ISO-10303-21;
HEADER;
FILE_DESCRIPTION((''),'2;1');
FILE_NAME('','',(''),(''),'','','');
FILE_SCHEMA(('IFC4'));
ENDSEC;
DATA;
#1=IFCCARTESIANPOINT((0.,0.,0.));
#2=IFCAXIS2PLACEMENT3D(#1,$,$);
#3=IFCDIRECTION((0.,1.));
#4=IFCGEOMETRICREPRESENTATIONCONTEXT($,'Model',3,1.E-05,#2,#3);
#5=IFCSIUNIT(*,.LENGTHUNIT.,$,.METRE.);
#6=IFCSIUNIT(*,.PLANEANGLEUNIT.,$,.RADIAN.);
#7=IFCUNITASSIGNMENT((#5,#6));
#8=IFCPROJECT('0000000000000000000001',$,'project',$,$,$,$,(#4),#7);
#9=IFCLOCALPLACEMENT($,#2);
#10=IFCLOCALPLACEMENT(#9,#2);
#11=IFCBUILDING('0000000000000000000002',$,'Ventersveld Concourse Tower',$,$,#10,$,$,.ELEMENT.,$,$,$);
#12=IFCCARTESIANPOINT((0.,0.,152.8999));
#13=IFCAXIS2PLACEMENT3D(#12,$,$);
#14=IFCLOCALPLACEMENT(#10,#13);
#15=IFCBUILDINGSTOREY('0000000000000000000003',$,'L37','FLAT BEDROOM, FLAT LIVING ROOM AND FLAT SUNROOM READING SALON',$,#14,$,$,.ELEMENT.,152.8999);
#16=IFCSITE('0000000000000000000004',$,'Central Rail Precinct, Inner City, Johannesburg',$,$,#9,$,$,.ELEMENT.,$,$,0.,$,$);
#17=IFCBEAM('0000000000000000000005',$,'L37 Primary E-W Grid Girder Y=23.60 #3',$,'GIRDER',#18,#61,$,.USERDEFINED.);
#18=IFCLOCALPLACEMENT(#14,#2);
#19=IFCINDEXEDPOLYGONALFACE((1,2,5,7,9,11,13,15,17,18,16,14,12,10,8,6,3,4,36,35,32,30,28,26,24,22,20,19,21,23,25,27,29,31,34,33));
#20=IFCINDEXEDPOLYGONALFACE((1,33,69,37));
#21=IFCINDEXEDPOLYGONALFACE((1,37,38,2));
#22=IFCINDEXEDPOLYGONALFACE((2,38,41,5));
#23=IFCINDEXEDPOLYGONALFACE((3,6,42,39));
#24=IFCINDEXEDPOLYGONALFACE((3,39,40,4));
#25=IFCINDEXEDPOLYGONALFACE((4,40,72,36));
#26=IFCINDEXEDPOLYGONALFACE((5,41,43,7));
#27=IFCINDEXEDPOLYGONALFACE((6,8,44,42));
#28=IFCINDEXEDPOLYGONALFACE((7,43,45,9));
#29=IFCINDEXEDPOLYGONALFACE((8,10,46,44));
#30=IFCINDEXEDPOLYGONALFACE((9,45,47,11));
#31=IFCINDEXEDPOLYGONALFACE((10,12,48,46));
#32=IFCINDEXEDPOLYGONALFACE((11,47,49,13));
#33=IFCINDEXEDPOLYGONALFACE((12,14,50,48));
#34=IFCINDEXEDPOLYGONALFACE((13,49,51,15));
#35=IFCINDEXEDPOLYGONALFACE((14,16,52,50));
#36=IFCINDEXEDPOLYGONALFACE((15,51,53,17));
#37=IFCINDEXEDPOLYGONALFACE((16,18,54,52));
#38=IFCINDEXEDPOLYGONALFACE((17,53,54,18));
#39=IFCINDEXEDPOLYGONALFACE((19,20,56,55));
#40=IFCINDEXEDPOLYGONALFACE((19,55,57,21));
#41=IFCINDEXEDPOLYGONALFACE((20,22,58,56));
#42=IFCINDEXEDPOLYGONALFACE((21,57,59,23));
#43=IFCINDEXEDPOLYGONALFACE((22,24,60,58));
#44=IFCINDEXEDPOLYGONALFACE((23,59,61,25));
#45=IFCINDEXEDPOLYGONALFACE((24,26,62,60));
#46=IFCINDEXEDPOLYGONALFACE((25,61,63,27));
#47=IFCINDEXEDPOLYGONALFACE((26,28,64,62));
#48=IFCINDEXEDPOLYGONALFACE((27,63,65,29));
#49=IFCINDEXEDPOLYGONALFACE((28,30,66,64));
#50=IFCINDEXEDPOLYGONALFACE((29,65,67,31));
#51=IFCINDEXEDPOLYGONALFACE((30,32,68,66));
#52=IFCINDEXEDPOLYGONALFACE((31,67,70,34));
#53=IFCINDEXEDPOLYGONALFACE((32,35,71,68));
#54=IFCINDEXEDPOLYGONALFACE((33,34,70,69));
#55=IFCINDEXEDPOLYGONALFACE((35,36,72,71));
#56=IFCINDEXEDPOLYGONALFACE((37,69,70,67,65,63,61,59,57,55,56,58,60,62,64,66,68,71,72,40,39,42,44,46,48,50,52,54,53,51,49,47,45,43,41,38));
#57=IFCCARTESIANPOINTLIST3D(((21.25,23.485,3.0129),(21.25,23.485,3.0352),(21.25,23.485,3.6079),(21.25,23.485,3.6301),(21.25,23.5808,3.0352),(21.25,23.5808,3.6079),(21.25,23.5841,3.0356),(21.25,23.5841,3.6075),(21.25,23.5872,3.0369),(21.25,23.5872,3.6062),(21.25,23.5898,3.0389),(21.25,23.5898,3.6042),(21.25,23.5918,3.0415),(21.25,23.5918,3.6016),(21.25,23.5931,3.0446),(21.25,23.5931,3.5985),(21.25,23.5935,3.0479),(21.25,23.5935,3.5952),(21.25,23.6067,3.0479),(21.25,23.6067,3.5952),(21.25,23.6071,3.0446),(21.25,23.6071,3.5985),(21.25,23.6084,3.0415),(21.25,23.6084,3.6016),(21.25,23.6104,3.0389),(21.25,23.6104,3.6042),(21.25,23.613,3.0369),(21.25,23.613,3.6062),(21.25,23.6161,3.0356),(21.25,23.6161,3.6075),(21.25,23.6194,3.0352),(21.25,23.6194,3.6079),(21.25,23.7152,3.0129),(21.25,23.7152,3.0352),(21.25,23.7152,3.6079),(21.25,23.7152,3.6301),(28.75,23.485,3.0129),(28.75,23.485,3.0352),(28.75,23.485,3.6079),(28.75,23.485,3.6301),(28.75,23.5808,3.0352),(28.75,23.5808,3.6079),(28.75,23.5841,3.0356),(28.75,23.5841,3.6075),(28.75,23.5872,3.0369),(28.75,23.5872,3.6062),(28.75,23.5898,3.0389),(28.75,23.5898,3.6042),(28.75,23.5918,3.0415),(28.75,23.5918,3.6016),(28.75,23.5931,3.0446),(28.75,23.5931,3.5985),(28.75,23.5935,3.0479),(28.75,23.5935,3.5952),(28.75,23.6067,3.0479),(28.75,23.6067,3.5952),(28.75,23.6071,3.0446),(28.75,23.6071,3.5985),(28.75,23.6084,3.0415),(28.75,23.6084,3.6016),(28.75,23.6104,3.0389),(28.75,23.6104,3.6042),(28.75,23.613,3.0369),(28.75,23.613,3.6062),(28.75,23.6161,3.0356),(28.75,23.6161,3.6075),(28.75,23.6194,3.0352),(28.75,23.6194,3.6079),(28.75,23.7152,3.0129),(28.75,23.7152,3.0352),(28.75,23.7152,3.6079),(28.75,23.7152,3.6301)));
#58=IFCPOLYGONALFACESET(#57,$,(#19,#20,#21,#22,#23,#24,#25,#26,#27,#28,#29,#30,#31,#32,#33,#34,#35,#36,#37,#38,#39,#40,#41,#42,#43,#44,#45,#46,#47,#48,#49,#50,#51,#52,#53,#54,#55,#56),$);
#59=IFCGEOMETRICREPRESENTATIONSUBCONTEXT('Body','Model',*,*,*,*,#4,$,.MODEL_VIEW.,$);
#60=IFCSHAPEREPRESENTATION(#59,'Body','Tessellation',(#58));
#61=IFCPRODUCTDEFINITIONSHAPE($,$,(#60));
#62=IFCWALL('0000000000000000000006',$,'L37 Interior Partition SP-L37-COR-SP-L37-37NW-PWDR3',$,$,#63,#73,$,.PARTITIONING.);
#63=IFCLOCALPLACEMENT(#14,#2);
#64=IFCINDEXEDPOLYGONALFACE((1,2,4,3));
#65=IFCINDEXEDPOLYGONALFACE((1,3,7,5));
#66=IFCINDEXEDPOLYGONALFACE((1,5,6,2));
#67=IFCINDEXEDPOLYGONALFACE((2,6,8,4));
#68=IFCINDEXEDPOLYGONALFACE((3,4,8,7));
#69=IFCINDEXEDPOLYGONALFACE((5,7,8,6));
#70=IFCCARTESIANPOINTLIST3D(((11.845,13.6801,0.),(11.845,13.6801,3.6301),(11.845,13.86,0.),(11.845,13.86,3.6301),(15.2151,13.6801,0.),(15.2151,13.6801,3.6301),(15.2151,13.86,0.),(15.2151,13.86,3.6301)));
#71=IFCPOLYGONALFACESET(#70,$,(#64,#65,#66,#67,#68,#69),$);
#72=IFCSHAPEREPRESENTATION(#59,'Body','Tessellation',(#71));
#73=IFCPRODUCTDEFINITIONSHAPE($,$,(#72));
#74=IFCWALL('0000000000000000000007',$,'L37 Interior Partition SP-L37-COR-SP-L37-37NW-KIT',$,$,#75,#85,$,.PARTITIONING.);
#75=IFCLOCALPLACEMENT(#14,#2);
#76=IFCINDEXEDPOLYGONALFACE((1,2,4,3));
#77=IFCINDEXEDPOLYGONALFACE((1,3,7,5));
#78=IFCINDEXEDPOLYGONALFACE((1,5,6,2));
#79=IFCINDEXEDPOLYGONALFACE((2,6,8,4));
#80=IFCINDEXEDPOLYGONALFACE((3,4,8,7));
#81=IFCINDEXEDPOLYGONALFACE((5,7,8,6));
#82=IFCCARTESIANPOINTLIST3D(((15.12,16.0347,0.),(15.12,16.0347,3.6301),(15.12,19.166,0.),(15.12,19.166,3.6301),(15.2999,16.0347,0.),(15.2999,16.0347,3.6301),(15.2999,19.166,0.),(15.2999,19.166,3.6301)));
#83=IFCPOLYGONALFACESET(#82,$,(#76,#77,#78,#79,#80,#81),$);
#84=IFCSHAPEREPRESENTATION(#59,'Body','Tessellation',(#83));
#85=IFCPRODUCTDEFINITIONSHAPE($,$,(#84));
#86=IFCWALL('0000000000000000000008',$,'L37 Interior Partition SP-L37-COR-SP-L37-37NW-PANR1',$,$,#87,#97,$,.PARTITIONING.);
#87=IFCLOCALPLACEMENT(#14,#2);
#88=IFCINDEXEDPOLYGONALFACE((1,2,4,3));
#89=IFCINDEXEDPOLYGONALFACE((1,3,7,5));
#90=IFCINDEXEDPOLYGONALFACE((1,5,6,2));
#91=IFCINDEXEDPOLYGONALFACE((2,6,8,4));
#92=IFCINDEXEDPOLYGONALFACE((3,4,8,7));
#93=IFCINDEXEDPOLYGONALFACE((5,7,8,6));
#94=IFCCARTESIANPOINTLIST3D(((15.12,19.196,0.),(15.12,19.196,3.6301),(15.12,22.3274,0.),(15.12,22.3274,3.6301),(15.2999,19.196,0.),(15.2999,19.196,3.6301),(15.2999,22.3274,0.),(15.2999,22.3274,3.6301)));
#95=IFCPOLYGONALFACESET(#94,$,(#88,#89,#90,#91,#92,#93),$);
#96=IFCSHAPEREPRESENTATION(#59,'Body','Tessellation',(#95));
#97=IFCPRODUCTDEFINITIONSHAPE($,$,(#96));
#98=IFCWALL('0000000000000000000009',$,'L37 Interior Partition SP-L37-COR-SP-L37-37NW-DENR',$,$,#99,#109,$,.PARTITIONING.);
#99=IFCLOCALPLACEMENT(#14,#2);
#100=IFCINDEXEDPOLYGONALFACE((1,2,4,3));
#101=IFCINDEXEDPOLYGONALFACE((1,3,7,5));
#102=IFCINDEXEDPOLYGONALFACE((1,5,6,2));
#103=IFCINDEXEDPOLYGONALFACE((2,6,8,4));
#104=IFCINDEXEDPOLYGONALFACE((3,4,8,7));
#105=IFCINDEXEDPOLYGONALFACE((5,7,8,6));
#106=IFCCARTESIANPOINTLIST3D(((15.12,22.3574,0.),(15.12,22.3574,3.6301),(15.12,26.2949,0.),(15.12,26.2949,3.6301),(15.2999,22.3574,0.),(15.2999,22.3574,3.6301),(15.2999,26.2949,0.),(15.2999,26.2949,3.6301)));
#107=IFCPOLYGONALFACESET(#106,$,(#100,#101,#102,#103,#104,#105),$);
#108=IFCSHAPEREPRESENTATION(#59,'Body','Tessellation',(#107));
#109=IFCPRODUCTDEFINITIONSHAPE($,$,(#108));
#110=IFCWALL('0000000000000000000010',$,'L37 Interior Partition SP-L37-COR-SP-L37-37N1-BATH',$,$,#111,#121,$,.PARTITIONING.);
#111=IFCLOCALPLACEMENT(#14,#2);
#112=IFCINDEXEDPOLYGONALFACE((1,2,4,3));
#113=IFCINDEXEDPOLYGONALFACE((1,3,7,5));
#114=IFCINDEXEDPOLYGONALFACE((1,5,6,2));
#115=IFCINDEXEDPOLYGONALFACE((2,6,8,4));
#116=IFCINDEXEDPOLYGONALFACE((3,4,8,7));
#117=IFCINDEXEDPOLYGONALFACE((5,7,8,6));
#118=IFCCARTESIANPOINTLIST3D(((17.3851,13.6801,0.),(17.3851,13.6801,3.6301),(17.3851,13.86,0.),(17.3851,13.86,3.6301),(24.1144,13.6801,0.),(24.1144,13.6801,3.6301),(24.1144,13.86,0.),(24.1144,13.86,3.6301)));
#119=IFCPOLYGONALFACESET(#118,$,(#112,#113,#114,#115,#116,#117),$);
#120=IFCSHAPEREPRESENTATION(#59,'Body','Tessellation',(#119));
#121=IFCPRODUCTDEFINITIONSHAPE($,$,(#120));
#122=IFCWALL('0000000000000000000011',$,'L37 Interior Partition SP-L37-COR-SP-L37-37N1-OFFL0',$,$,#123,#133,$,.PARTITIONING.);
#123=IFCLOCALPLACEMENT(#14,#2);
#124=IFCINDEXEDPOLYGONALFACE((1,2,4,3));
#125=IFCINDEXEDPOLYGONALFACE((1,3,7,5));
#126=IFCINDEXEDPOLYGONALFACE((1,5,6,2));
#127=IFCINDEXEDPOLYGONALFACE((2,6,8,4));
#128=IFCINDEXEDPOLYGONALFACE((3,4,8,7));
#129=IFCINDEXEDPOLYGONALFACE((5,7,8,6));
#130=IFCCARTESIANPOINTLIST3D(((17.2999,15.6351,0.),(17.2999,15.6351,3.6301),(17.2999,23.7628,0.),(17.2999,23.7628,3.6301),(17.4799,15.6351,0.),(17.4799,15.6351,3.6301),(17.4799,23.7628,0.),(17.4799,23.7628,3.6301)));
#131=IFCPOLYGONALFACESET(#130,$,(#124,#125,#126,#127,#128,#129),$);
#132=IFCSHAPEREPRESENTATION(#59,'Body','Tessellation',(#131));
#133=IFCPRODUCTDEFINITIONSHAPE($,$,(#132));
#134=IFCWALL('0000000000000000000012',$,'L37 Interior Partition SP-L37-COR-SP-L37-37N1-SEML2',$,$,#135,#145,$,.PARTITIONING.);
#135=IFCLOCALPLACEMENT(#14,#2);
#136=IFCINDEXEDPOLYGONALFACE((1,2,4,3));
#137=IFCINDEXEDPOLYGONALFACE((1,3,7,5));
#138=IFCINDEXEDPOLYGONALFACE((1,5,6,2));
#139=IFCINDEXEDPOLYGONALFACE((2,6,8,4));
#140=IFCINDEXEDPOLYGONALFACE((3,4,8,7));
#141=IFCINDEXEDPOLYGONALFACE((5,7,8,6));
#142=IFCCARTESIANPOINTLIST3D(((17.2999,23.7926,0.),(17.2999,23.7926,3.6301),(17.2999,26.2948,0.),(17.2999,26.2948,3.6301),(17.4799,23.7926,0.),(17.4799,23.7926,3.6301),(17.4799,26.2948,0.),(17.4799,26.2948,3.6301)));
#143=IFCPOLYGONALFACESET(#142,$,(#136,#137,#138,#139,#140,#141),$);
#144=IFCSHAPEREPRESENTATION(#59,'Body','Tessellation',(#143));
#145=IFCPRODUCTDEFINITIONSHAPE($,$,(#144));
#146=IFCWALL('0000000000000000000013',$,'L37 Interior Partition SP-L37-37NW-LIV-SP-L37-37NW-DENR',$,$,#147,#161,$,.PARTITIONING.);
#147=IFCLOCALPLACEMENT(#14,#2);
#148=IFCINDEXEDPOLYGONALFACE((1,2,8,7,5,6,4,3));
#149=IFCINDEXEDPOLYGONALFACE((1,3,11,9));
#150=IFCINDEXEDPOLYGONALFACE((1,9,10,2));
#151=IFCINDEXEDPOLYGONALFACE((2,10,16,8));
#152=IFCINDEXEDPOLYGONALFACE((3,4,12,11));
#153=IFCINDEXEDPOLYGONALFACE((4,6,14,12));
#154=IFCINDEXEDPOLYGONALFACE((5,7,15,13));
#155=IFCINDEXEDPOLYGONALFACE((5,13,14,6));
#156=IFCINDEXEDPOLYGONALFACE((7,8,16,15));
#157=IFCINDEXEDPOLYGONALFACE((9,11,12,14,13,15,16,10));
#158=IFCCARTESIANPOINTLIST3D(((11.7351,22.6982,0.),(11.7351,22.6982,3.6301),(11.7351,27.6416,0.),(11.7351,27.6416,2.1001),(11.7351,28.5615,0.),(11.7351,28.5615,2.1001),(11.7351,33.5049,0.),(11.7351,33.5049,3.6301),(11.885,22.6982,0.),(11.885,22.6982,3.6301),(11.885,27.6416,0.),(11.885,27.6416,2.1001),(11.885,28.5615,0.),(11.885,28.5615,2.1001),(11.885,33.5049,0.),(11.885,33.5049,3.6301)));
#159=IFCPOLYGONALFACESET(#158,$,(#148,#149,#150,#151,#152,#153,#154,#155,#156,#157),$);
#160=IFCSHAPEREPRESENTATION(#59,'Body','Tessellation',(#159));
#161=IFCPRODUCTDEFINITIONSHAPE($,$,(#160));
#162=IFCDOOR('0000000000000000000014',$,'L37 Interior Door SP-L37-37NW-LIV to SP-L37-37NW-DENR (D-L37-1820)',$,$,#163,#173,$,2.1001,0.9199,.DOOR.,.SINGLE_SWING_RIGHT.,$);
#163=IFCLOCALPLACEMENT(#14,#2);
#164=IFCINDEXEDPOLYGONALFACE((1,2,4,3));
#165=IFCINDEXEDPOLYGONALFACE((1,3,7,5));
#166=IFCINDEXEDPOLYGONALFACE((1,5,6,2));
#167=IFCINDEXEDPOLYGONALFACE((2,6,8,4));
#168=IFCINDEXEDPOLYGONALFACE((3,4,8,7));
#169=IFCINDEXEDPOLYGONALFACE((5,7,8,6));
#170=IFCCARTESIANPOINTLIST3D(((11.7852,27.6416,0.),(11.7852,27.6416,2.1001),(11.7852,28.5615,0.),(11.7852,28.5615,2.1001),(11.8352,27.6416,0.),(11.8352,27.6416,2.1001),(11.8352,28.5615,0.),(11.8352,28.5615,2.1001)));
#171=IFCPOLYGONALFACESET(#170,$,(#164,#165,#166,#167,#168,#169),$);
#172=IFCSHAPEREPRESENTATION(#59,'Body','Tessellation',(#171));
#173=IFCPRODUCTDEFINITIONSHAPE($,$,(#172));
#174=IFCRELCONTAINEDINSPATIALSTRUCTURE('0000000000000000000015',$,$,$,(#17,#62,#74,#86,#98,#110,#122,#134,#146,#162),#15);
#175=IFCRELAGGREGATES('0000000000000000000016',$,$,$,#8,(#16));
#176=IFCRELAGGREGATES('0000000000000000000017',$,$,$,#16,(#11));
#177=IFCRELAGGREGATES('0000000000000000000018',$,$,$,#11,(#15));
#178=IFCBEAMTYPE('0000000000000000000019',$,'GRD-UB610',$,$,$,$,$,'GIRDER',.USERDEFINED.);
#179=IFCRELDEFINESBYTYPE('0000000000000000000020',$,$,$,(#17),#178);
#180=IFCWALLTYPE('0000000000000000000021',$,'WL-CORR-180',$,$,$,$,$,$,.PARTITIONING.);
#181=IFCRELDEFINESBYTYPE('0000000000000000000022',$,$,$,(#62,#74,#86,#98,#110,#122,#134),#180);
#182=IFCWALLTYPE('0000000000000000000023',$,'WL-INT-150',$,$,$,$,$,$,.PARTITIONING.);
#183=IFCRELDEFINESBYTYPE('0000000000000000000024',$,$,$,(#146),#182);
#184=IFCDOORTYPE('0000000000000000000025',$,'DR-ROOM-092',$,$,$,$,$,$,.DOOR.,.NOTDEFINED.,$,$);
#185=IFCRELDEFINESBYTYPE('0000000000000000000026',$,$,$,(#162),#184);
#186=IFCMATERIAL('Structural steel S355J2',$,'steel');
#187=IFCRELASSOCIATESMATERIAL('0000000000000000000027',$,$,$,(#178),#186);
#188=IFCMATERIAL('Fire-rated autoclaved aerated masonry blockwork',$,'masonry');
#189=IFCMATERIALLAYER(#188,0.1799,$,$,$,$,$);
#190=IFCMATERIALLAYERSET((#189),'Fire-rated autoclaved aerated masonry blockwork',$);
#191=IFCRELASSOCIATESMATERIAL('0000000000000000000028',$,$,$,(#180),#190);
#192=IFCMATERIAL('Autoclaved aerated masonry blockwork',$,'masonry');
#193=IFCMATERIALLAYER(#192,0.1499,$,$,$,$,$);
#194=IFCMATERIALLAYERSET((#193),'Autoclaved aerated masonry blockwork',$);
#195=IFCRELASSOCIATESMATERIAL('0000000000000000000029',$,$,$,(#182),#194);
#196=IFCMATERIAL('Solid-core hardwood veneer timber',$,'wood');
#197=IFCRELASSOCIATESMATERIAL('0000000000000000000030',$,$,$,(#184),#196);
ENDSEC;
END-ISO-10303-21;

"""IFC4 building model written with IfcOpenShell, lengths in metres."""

from ifc_helpers import new_model, si_unit, direction, frame, frame_2d, origin, origin_2d, place, context, subcontext, project, spatial, rectangle, i_section, extrude, material, layer, layer_set, material_profile, profile_set, type_object, element, fill, save


model = new_model("IFC4")

# Units and contexts
model_context = context("Model", 3, precision=1e-05, world=origin(), true_north=direction((0.0, 1.0)))
body_context = subcontext(model_context, "Body", "Model", "MODEL_VIEW")
ifc_project = project(units=[si_unit("LENGTHUNIT", "METRE"), si_unit("PLANEANGLEUNIT", "RADIAN")], contexts=[model_context])

# Site, building, storey
site_placement = place(None, origin())
site = spatial("IfcSite", under=ifc_project, at=site_placement, Name="Central Rail Precinct, Inner City, Johannesburg", CompositionType="ELEMENT", RefElevation=0.0)
building_placement = place(site_placement, origin())
building = spatial("IfcBuilding", under=site, at=building_placement, Name="Ventersveld Concourse Tower", CompositionType="ELEMENT")
storey_placement = place(building_placement, frame((0.0, 0.0, 152.8999)))
storey = spatial("IfcBuildingStorey", under=building, at=storey_placement, Name="L37", Description="FLAT BEDROOM, FLAT LIVING ROOM AND FLAT SUNROOM READING SALON", CompositionType="ELEMENT", Elevation=152.8999)

# Beam
ifc_material_1 = material(Name="Structural steel S355J2", Category="steel")
ifc_material_profile_1 = material_profile(ifc_material_1, i_section(OverallWidth=0.2302, OverallDepth=0.6172, WebThickness=0.0132, FlangeThickness=0.0222, FilletRadius=0.0127, at=origin_2d()), Name="UB 610x229x140")
ifc_profile_set_1 = profile_set([ifc_material_profile_1], Name="Structural steel S355J2")
beam_type_1 = type_object("IfcBeamType", Name="GRD-UB610", ElementType="GIRDER", PredefinedType="USERDEFINED", material=ifc_profile_set_1)
for number, where, z_axis, x_axis, name in (
    (1, (21.25, 23.6001, 3.3215), (1.0, 0.0, 0.0), (0.0, 1.0, 0.0), "L37 Primary E-W Grid Girder Y=23.60 #3"),
):
    element("IfcBeam", number, at=place(storey_placement, frame(where, z_axis=z_axis, x_axis=x_axis)), inside=storey, type_object=beam_type_1, Name=name, ObjectType="GIRDER", PredefinedType="USERDEFINED", context=body_context, shape_type="SweptSolid", body=[
        extrude(i_section(OverallWidth=0.2302, OverallDepth=0.6172, WebThickness=0.0132, FlangeThickness=0.0222, FilletRadius=0.0127, at=origin_2d()), origin(), (0.0, 0.0, 1.0), 7.5),
    ])

# Walls
ifc_material_2 = material(Name="Fire-rated autoclaved aerated masonry blockwork", Category="masonry")
ifc_layer_1 = layer(ifc_material_2, 0.1799)
ifc_layer_set_1 = layer_set([ifc_layer_1], Name="Fire-rated autoclaved aerated masonry blockwork")
wall_type_1 = type_object("IfcWallType", Name="WL-CORR-180", PredefinedType="PARTITIONING", material=ifc_layer_set_1)
wall_1_placement = place(storey_placement, frame((11.845, 13.77, 0.0), z_axis=(0.0, 0.0, 1.0), x_axis=(1.0, 0.0, 0.0)))
element("IfcWall", 2, at=wall_1_placement, inside=storey, type_object=wall_type_1, Name="L37 Interior Partition SP-L37-COR-SP-L37-37NW-PWDR3", PredefinedType="PARTITIONING", context=body_context, shape_type="SweptSolid", body=[
    extrude(rectangle(XDim=3.3701, YDim=0.1799, at=frame_2d((1.6851, 0.0))), origin(), (0.0, 0.0, 1.0), 3.6301),
])
for number, where, z_axis, x_axis, name in (
    (3, (15.21, 16.0347, 0.0), (0.0, 0.0, 1.0), (0.0, 1.0, 0.0), "L37 Interior Partition SP-L37-COR-SP-L37-37NW-KIT"),
    (4, (15.21, 19.196, 0.0), (0.0, 0.0, 1.0), (0.0, 1.0, 0.0), "L37 Interior Partition SP-L37-COR-SP-L37-37NW-PANR1"),
):
    element("IfcWall", number, at=place(storey_placement, frame(where, z_axis=z_axis, x_axis=x_axis)), inside=storey, type_object=wall_type_1, Name=name, PredefinedType="PARTITIONING", context=body_context, shape_type="SweptSolid", body=[
        extrude(rectangle(XDim=3.1313, YDim=0.1799, at=frame_2d((1.5657, 0.0))), origin(), (0.0, 0.0, 1.0), 3.6301),
    ])
wall_2_placement = place(storey_placement, frame((15.21, 22.3574, 0.0), z_axis=(0.0, 0.0, 1.0), x_axis=(0.0, 1.0, 0.0)))
element("IfcWall", 5, at=wall_2_placement, inside=storey, type_object=wall_type_1, Name="L37 Interior Partition SP-L37-COR-SP-L37-37NW-DENR", PredefinedType="PARTITIONING", context=body_context, shape_type="SweptSolid", body=[
    extrude(rectangle(XDim=3.9375, YDim=0.1799, at=frame_2d((1.9688, 0.0))), origin(), (0.0, 0.0, 1.0), 3.6301),
])

# Shared definitions
ifc_material_3 = material(Name="Solid-core hardwood veneer timber", Category="wood")

# Walls
wall_3_placement = place(storey_placement, frame((17.385, 13.77, 0.0), z_axis=(0.0, 0.0, 1.0), x_axis=(1.0, 0.0, 0.0)))
element("IfcWall", 6, at=wall_3_placement, inside=storey, type_object=wall_type_1, Name="L37 Interior Partition SP-L37-COR-SP-L37-37N1-BATH", PredefinedType="PARTITIONING", context=body_context, shape_type="SweptSolid", body=[
    extrude(rectangle(XDim=6.7292, YDim=0.1799, at=frame_2d((3.3647, 0.0))), origin(), (0.0, 0.0, 1.0), 3.6301),
])
wall_4_placement = place(storey_placement, frame((17.3899, 15.635, 0.0), z_axis=(0.0, 0.0, 1.0), x_axis=(0.0, 1.0, 0.0)))
element("IfcWall", 7, at=wall_4_placement, inside=storey, type_object=wall_type_1, Name="L37 Interior Partition SP-L37-COR-SP-L37-37N1-OFFL0", PredefinedType="PARTITIONING", context=body_context, shape_type="SweptSolid", body=[
    extrude(rectangle(XDim=8.1277, YDim=0.1799, at=frame_2d((4.064, 0.0))), origin(), (0.0, 0.0, 1.0), 3.6301),
])
wall_5_placement = place(storey_placement, frame((17.3899, 23.7927, 0.0), z_axis=(0.0, 0.0, 1.0), x_axis=(0.0, 1.0, 0.0)))
element("IfcWall", 8, at=wall_5_placement, inside=storey, type_object=wall_type_1, Name="L37 Interior Partition SP-L37-COR-SP-L37-37N1-SEML2", PredefinedType="PARTITIONING", context=body_context, shape_type="SweptSolid", body=[
    extrude(rectangle(XDim=2.5022, YDim=0.1799, at=frame_2d((1.251, 0.0))), origin(), (0.0, 0.0, 1.0), 3.6301),
])

# Wall, opening, door
ifc_material_4 = material(Name="Autoclaved aerated masonry blockwork", Category="masonry")
ifc_layer_2 = layer(ifc_material_4, 0.1499)
ifc_layer_set_2 = layer_set([ifc_layer_2], Name="Autoclaved aerated masonry blockwork")
wall_type_2 = type_object("IfcWallType", Name="WL-INT-150", PredefinedType="PARTITIONING", material=ifc_layer_set_2)
wall_6_placement = place(storey_placement, frame((11.8101, 22.6982, 0.0), z_axis=(0.0, 0.0, 1.0), x_axis=(0.0, 1.0, 0.0)))
wall_6 = element("IfcWall", 9, at=wall_6_placement, inside=storey, type_object=wall_type_2, Name="L37 Interior Partition SP-L37-37NW-LIV-SP-L37-37NW-DENR", PredefinedType="PARTITIONING", context=body_context, shape_type="SweptSolid", body=[
    extrude(rectangle(XDim=10.8066, YDim=0.1499, at=frame_2d((5.4033, 0.0))), origin(), (0.0, 0.0, 1.0), 3.6301),
])
opening_1_placement = place(wall_6_placement, frame((4.9434, 0.0, 0.0)))
opening_1 = element("IfcOpeningElement", 10, at=opening_1_placement, cuts=wall_6, PredefinedType="OPENING", context=body_context, shape_type="SweptSolid", body=[
    extrude(rectangle(XDim=0.9199, YDim=2.1001, at=frame_2d((0.46, 1.05))), frame((0.0, 0.085, 0.0), z_axis=(0.0, -1.0, 0.0), x_axis=(1.0, 0.0, 0.0)), (0.0, 0.0, 1.0), 0.1699),
])
door_type_1 = type_object("IfcDoorType", Name="DR-ROOM-092", OperationType="NOTDEFINED", PredefinedType="DOOR", material=ifc_material_3)
door_1_placement = place(opening_1_placement, origin())
door_1 = element("IfcDoor", 11, at=door_1_placement, inside=storey, type_object=door_type_1, Name="L37 Interior Door SP-L37-37NW-LIV to SP-L37-37NW-DENR (D-L37-1820)", OperationType="SINGLE_SWING_RIGHT", OverallHeight=2.1001, OverallWidth=0.9199, PredefinedType="DOOR", context=body_context, shape_type="SweptSolid", body=[
    extrude(rectangle(XDim=0.9199, YDim=2.1001, at=frame_2d((0.46, 1.05))), frame((0.0, 0.0249, 0.0), z_axis=(0.0, -1.0, 0.0), x_axis=(1.0, 0.0, 0.0)), (0.0, 0.0, 1.0), 0.05),
])
fill(opening_1, door_1)

save(model, "model.ifc")
